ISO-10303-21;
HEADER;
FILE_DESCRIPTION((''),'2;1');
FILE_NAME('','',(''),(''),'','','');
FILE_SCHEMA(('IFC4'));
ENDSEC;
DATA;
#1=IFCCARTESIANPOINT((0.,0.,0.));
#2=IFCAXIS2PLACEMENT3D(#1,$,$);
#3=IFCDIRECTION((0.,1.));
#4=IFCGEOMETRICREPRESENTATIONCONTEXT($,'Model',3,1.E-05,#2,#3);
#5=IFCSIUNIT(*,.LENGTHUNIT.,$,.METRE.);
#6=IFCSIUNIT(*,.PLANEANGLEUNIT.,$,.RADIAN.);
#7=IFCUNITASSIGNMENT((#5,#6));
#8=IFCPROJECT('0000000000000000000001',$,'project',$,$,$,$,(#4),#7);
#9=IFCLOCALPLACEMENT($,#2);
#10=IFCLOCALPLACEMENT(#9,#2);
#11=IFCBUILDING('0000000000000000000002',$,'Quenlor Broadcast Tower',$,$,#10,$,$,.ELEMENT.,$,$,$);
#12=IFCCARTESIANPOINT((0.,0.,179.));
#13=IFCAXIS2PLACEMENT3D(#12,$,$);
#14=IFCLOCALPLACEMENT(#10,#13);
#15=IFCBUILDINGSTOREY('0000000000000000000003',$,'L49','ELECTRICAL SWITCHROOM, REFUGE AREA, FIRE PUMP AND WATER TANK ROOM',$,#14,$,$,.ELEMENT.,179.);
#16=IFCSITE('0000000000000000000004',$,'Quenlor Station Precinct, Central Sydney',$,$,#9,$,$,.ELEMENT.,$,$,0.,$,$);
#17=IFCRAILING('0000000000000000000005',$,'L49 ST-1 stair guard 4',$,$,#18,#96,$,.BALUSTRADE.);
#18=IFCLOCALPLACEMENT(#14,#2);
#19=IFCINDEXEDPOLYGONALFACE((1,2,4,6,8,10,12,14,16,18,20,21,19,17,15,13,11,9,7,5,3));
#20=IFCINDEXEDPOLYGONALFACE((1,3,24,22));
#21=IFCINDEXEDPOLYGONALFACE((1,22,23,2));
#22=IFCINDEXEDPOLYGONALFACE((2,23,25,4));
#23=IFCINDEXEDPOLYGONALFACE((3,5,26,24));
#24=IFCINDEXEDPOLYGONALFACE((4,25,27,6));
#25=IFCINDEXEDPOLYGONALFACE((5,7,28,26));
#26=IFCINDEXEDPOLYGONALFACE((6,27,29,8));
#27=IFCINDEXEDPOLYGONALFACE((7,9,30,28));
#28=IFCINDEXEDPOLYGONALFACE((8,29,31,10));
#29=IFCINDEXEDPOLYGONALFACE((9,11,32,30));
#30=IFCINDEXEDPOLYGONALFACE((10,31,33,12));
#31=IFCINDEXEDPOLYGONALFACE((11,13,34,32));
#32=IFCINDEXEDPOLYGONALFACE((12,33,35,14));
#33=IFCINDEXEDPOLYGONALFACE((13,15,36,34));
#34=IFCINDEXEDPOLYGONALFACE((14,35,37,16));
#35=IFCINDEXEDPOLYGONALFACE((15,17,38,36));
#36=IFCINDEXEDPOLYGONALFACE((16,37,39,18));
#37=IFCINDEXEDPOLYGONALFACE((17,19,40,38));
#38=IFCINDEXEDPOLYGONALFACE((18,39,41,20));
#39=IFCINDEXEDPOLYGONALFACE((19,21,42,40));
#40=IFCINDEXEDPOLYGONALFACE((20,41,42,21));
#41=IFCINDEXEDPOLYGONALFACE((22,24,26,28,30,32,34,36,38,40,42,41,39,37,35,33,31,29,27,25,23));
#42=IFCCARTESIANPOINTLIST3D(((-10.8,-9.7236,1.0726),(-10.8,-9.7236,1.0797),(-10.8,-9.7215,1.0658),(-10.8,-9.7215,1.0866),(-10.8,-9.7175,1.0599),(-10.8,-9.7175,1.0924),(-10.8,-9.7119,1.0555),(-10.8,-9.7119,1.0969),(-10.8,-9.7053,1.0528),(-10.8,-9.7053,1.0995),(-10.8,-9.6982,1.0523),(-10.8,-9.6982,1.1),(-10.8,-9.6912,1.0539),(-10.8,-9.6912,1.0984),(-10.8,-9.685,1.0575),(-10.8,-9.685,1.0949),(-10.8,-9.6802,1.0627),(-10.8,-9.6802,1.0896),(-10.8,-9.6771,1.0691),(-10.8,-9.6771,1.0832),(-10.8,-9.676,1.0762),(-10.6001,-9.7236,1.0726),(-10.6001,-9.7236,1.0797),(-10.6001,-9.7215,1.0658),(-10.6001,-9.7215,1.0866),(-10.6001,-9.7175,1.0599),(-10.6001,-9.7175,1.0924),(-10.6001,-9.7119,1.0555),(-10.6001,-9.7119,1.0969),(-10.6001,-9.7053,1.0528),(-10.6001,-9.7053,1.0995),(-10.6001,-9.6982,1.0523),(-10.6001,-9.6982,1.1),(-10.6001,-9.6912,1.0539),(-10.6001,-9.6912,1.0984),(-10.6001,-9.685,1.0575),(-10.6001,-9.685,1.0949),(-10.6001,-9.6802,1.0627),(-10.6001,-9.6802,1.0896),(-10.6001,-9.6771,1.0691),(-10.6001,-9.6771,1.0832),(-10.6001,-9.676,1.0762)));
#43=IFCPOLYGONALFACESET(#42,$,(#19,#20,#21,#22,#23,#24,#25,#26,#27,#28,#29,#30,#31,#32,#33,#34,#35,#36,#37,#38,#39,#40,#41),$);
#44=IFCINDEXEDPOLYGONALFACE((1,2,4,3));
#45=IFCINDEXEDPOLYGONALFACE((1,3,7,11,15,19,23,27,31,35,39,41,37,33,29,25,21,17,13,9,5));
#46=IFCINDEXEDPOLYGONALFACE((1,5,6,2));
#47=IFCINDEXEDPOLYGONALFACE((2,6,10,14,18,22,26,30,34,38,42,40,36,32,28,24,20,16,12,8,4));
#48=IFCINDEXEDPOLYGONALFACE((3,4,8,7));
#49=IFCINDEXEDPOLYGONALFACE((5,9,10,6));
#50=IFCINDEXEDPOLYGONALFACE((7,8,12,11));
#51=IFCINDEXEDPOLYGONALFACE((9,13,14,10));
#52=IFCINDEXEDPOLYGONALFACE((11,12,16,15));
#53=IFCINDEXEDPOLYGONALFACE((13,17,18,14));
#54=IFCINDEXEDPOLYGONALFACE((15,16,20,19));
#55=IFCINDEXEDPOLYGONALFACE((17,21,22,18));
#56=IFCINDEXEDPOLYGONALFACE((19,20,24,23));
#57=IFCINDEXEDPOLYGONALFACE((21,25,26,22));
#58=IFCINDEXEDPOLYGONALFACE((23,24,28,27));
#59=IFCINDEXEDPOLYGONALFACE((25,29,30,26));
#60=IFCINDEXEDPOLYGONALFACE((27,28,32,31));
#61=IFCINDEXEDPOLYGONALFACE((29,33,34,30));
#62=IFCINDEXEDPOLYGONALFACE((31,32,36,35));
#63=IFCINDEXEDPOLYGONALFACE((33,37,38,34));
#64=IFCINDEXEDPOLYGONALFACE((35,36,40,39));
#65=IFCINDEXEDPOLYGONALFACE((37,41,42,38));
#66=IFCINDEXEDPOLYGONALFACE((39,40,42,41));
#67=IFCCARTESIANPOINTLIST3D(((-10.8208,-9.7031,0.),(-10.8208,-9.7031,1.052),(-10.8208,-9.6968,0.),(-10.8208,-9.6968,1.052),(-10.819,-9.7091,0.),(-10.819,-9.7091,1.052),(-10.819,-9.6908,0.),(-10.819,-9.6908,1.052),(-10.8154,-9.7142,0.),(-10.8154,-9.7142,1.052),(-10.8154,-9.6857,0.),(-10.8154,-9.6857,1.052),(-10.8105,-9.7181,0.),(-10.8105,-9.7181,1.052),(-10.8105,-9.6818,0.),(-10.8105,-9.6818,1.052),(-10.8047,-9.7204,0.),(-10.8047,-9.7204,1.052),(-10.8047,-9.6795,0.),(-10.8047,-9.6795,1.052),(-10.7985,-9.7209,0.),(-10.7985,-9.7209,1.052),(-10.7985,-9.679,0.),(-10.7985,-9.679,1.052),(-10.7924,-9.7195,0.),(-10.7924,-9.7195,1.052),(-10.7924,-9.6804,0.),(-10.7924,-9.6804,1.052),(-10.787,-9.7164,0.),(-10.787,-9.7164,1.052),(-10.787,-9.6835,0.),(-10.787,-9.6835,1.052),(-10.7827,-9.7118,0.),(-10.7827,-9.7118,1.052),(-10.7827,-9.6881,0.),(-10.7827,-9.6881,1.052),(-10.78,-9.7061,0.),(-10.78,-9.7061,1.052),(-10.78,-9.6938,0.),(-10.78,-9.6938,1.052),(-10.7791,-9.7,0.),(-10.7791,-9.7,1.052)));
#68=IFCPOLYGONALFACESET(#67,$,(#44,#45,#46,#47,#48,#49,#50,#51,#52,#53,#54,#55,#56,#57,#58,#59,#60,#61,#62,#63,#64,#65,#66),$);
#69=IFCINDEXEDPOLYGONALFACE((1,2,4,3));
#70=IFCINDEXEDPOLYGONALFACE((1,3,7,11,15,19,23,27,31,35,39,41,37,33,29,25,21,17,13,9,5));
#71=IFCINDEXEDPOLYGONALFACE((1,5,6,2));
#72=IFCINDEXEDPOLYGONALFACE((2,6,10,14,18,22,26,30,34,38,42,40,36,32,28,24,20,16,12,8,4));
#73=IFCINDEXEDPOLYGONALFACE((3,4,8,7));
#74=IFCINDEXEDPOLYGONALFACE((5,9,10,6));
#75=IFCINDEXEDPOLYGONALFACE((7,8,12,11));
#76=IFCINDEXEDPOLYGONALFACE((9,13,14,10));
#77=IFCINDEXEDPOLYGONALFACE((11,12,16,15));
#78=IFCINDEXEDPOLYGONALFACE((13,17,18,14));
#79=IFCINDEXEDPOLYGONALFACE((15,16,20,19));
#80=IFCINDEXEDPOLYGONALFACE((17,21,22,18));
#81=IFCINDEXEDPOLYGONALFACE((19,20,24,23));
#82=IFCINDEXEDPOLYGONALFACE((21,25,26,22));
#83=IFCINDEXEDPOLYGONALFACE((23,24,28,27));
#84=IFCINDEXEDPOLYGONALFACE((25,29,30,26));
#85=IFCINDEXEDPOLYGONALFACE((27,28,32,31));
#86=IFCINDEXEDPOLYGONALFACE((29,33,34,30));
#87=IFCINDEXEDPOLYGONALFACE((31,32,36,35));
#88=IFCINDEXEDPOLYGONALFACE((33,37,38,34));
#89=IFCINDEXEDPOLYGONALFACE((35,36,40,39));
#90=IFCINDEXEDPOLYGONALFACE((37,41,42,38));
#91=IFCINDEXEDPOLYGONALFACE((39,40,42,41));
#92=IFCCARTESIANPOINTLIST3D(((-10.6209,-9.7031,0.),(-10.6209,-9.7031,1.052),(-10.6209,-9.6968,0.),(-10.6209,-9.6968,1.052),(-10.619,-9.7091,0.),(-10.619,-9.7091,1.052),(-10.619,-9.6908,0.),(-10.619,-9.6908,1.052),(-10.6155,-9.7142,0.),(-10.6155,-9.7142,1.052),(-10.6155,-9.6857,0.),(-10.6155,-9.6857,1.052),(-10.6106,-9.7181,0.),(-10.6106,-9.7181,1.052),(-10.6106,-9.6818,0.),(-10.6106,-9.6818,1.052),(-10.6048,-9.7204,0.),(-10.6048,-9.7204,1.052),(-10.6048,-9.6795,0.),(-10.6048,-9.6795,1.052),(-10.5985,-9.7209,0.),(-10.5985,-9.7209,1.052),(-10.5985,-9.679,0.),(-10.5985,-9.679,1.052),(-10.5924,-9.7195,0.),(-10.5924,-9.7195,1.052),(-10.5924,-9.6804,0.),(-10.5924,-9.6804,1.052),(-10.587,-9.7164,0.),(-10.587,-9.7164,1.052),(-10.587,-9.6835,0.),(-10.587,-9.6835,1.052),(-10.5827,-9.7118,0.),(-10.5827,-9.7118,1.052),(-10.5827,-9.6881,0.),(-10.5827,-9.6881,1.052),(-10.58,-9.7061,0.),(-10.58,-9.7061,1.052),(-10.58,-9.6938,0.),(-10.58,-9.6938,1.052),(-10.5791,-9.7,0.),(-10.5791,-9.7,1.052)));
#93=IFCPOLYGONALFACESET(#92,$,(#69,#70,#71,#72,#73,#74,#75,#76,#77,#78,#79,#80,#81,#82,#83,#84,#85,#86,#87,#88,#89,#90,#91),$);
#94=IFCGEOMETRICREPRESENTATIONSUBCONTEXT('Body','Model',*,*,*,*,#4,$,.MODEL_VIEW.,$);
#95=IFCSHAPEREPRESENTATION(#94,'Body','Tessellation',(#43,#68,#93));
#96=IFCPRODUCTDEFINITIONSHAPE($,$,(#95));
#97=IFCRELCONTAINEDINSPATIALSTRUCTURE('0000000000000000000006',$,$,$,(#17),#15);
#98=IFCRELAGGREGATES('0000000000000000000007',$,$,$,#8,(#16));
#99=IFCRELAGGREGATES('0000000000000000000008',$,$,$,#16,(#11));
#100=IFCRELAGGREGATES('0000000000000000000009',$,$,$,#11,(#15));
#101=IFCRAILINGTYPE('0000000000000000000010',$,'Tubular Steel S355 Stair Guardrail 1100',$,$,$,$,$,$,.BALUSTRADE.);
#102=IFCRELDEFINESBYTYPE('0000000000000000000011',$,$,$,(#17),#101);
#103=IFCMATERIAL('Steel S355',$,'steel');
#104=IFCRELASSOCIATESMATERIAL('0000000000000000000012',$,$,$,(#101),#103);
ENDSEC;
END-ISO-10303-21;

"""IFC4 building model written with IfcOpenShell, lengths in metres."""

from ifc_helpers import new_model, si_unit, direction, frame, origin, origin_2d, place, context, subcontext, project, spatial, circle, extrude, material, type_object, element, save


model = new_model("IFC4")

# Units and contexts
model_context = context("Model", 3, precision=1e-05, world=origin(), true_north=direction((0.0, 1.0)))
body_context = subcontext(model_context, "Body", "Model", "MODEL_VIEW")
ifc_project = project(units=[si_unit("LENGTHUNIT", "METRE"), si_unit("PLANEANGLEUNIT", "RADIAN")], contexts=[model_context])

# Site, building, storey
site_placement = place(None, origin())
site = spatial("IfcSite", under=ifc_project, at=site_placement, Name="Quenlor Station Precinct, Central Sydney", CompositionType="ELEMENT", RefElevation=0.0)
building_placement = place(site_placement, origin())
building = spatial("IfcBuilding", under=site, at=building_placement, Name="Quenlor Broadcast Tower", CompositionType="ELEMENT")
storey_placement = place(building_placement, frame((0.0, 0.0, 179.0)))
storey = spatial("IfcBuildingStorey", under=building, at=storey_placement, Name="L49", Description="ELECTRICAL SWITCHROOM, REFUGE AREA, FIRE PUMP AND WATER TANK ROOM", CompositionType="ELEMENT", Elevation=179.0)

# Railing
ifc_material_1 = material(Name="Steel S355", Category="steel")
railing_type_1 = type_object("IfcRailingType", Name="Tubular Steel S355 Stair Guardrail 1100", PredefinedType="BALUSTRADE", material=ifc_material_1)
railing_1_placement = place(storey_placement, frame((-10.8, -9.7, 0.0)))
element("IfcRailing", 1, at=railing_1_placement, inside=storey, type_object=railing_type_1, Name="L49 ST-1 stair guard 4", PredefinedType="BALUSTRADE", context=body_context, shape_type="SweptSolid", body=[
    extrude(circle(Radius=0.0239, at=origin_2d()), frame((0.0, 0.0, 1.0762), z_axis=(1.0, 0.0, 0.0), x_axis=(0.0, 1.0, 0.0)), (0.0, 0.0, 1.0), 0.2),
    extrude(circle(Radius=0.021, at=origin_2d()), origin(), (0.0, 0.0, 1.0), 1.052),
    extrude(circle(Radius=0.021, at=origin_2d()), frame((0.2, 0.0, 0.0)), (0.0, 0.0, 1.0), 1.052),
])

save(model, "model.ifc")
